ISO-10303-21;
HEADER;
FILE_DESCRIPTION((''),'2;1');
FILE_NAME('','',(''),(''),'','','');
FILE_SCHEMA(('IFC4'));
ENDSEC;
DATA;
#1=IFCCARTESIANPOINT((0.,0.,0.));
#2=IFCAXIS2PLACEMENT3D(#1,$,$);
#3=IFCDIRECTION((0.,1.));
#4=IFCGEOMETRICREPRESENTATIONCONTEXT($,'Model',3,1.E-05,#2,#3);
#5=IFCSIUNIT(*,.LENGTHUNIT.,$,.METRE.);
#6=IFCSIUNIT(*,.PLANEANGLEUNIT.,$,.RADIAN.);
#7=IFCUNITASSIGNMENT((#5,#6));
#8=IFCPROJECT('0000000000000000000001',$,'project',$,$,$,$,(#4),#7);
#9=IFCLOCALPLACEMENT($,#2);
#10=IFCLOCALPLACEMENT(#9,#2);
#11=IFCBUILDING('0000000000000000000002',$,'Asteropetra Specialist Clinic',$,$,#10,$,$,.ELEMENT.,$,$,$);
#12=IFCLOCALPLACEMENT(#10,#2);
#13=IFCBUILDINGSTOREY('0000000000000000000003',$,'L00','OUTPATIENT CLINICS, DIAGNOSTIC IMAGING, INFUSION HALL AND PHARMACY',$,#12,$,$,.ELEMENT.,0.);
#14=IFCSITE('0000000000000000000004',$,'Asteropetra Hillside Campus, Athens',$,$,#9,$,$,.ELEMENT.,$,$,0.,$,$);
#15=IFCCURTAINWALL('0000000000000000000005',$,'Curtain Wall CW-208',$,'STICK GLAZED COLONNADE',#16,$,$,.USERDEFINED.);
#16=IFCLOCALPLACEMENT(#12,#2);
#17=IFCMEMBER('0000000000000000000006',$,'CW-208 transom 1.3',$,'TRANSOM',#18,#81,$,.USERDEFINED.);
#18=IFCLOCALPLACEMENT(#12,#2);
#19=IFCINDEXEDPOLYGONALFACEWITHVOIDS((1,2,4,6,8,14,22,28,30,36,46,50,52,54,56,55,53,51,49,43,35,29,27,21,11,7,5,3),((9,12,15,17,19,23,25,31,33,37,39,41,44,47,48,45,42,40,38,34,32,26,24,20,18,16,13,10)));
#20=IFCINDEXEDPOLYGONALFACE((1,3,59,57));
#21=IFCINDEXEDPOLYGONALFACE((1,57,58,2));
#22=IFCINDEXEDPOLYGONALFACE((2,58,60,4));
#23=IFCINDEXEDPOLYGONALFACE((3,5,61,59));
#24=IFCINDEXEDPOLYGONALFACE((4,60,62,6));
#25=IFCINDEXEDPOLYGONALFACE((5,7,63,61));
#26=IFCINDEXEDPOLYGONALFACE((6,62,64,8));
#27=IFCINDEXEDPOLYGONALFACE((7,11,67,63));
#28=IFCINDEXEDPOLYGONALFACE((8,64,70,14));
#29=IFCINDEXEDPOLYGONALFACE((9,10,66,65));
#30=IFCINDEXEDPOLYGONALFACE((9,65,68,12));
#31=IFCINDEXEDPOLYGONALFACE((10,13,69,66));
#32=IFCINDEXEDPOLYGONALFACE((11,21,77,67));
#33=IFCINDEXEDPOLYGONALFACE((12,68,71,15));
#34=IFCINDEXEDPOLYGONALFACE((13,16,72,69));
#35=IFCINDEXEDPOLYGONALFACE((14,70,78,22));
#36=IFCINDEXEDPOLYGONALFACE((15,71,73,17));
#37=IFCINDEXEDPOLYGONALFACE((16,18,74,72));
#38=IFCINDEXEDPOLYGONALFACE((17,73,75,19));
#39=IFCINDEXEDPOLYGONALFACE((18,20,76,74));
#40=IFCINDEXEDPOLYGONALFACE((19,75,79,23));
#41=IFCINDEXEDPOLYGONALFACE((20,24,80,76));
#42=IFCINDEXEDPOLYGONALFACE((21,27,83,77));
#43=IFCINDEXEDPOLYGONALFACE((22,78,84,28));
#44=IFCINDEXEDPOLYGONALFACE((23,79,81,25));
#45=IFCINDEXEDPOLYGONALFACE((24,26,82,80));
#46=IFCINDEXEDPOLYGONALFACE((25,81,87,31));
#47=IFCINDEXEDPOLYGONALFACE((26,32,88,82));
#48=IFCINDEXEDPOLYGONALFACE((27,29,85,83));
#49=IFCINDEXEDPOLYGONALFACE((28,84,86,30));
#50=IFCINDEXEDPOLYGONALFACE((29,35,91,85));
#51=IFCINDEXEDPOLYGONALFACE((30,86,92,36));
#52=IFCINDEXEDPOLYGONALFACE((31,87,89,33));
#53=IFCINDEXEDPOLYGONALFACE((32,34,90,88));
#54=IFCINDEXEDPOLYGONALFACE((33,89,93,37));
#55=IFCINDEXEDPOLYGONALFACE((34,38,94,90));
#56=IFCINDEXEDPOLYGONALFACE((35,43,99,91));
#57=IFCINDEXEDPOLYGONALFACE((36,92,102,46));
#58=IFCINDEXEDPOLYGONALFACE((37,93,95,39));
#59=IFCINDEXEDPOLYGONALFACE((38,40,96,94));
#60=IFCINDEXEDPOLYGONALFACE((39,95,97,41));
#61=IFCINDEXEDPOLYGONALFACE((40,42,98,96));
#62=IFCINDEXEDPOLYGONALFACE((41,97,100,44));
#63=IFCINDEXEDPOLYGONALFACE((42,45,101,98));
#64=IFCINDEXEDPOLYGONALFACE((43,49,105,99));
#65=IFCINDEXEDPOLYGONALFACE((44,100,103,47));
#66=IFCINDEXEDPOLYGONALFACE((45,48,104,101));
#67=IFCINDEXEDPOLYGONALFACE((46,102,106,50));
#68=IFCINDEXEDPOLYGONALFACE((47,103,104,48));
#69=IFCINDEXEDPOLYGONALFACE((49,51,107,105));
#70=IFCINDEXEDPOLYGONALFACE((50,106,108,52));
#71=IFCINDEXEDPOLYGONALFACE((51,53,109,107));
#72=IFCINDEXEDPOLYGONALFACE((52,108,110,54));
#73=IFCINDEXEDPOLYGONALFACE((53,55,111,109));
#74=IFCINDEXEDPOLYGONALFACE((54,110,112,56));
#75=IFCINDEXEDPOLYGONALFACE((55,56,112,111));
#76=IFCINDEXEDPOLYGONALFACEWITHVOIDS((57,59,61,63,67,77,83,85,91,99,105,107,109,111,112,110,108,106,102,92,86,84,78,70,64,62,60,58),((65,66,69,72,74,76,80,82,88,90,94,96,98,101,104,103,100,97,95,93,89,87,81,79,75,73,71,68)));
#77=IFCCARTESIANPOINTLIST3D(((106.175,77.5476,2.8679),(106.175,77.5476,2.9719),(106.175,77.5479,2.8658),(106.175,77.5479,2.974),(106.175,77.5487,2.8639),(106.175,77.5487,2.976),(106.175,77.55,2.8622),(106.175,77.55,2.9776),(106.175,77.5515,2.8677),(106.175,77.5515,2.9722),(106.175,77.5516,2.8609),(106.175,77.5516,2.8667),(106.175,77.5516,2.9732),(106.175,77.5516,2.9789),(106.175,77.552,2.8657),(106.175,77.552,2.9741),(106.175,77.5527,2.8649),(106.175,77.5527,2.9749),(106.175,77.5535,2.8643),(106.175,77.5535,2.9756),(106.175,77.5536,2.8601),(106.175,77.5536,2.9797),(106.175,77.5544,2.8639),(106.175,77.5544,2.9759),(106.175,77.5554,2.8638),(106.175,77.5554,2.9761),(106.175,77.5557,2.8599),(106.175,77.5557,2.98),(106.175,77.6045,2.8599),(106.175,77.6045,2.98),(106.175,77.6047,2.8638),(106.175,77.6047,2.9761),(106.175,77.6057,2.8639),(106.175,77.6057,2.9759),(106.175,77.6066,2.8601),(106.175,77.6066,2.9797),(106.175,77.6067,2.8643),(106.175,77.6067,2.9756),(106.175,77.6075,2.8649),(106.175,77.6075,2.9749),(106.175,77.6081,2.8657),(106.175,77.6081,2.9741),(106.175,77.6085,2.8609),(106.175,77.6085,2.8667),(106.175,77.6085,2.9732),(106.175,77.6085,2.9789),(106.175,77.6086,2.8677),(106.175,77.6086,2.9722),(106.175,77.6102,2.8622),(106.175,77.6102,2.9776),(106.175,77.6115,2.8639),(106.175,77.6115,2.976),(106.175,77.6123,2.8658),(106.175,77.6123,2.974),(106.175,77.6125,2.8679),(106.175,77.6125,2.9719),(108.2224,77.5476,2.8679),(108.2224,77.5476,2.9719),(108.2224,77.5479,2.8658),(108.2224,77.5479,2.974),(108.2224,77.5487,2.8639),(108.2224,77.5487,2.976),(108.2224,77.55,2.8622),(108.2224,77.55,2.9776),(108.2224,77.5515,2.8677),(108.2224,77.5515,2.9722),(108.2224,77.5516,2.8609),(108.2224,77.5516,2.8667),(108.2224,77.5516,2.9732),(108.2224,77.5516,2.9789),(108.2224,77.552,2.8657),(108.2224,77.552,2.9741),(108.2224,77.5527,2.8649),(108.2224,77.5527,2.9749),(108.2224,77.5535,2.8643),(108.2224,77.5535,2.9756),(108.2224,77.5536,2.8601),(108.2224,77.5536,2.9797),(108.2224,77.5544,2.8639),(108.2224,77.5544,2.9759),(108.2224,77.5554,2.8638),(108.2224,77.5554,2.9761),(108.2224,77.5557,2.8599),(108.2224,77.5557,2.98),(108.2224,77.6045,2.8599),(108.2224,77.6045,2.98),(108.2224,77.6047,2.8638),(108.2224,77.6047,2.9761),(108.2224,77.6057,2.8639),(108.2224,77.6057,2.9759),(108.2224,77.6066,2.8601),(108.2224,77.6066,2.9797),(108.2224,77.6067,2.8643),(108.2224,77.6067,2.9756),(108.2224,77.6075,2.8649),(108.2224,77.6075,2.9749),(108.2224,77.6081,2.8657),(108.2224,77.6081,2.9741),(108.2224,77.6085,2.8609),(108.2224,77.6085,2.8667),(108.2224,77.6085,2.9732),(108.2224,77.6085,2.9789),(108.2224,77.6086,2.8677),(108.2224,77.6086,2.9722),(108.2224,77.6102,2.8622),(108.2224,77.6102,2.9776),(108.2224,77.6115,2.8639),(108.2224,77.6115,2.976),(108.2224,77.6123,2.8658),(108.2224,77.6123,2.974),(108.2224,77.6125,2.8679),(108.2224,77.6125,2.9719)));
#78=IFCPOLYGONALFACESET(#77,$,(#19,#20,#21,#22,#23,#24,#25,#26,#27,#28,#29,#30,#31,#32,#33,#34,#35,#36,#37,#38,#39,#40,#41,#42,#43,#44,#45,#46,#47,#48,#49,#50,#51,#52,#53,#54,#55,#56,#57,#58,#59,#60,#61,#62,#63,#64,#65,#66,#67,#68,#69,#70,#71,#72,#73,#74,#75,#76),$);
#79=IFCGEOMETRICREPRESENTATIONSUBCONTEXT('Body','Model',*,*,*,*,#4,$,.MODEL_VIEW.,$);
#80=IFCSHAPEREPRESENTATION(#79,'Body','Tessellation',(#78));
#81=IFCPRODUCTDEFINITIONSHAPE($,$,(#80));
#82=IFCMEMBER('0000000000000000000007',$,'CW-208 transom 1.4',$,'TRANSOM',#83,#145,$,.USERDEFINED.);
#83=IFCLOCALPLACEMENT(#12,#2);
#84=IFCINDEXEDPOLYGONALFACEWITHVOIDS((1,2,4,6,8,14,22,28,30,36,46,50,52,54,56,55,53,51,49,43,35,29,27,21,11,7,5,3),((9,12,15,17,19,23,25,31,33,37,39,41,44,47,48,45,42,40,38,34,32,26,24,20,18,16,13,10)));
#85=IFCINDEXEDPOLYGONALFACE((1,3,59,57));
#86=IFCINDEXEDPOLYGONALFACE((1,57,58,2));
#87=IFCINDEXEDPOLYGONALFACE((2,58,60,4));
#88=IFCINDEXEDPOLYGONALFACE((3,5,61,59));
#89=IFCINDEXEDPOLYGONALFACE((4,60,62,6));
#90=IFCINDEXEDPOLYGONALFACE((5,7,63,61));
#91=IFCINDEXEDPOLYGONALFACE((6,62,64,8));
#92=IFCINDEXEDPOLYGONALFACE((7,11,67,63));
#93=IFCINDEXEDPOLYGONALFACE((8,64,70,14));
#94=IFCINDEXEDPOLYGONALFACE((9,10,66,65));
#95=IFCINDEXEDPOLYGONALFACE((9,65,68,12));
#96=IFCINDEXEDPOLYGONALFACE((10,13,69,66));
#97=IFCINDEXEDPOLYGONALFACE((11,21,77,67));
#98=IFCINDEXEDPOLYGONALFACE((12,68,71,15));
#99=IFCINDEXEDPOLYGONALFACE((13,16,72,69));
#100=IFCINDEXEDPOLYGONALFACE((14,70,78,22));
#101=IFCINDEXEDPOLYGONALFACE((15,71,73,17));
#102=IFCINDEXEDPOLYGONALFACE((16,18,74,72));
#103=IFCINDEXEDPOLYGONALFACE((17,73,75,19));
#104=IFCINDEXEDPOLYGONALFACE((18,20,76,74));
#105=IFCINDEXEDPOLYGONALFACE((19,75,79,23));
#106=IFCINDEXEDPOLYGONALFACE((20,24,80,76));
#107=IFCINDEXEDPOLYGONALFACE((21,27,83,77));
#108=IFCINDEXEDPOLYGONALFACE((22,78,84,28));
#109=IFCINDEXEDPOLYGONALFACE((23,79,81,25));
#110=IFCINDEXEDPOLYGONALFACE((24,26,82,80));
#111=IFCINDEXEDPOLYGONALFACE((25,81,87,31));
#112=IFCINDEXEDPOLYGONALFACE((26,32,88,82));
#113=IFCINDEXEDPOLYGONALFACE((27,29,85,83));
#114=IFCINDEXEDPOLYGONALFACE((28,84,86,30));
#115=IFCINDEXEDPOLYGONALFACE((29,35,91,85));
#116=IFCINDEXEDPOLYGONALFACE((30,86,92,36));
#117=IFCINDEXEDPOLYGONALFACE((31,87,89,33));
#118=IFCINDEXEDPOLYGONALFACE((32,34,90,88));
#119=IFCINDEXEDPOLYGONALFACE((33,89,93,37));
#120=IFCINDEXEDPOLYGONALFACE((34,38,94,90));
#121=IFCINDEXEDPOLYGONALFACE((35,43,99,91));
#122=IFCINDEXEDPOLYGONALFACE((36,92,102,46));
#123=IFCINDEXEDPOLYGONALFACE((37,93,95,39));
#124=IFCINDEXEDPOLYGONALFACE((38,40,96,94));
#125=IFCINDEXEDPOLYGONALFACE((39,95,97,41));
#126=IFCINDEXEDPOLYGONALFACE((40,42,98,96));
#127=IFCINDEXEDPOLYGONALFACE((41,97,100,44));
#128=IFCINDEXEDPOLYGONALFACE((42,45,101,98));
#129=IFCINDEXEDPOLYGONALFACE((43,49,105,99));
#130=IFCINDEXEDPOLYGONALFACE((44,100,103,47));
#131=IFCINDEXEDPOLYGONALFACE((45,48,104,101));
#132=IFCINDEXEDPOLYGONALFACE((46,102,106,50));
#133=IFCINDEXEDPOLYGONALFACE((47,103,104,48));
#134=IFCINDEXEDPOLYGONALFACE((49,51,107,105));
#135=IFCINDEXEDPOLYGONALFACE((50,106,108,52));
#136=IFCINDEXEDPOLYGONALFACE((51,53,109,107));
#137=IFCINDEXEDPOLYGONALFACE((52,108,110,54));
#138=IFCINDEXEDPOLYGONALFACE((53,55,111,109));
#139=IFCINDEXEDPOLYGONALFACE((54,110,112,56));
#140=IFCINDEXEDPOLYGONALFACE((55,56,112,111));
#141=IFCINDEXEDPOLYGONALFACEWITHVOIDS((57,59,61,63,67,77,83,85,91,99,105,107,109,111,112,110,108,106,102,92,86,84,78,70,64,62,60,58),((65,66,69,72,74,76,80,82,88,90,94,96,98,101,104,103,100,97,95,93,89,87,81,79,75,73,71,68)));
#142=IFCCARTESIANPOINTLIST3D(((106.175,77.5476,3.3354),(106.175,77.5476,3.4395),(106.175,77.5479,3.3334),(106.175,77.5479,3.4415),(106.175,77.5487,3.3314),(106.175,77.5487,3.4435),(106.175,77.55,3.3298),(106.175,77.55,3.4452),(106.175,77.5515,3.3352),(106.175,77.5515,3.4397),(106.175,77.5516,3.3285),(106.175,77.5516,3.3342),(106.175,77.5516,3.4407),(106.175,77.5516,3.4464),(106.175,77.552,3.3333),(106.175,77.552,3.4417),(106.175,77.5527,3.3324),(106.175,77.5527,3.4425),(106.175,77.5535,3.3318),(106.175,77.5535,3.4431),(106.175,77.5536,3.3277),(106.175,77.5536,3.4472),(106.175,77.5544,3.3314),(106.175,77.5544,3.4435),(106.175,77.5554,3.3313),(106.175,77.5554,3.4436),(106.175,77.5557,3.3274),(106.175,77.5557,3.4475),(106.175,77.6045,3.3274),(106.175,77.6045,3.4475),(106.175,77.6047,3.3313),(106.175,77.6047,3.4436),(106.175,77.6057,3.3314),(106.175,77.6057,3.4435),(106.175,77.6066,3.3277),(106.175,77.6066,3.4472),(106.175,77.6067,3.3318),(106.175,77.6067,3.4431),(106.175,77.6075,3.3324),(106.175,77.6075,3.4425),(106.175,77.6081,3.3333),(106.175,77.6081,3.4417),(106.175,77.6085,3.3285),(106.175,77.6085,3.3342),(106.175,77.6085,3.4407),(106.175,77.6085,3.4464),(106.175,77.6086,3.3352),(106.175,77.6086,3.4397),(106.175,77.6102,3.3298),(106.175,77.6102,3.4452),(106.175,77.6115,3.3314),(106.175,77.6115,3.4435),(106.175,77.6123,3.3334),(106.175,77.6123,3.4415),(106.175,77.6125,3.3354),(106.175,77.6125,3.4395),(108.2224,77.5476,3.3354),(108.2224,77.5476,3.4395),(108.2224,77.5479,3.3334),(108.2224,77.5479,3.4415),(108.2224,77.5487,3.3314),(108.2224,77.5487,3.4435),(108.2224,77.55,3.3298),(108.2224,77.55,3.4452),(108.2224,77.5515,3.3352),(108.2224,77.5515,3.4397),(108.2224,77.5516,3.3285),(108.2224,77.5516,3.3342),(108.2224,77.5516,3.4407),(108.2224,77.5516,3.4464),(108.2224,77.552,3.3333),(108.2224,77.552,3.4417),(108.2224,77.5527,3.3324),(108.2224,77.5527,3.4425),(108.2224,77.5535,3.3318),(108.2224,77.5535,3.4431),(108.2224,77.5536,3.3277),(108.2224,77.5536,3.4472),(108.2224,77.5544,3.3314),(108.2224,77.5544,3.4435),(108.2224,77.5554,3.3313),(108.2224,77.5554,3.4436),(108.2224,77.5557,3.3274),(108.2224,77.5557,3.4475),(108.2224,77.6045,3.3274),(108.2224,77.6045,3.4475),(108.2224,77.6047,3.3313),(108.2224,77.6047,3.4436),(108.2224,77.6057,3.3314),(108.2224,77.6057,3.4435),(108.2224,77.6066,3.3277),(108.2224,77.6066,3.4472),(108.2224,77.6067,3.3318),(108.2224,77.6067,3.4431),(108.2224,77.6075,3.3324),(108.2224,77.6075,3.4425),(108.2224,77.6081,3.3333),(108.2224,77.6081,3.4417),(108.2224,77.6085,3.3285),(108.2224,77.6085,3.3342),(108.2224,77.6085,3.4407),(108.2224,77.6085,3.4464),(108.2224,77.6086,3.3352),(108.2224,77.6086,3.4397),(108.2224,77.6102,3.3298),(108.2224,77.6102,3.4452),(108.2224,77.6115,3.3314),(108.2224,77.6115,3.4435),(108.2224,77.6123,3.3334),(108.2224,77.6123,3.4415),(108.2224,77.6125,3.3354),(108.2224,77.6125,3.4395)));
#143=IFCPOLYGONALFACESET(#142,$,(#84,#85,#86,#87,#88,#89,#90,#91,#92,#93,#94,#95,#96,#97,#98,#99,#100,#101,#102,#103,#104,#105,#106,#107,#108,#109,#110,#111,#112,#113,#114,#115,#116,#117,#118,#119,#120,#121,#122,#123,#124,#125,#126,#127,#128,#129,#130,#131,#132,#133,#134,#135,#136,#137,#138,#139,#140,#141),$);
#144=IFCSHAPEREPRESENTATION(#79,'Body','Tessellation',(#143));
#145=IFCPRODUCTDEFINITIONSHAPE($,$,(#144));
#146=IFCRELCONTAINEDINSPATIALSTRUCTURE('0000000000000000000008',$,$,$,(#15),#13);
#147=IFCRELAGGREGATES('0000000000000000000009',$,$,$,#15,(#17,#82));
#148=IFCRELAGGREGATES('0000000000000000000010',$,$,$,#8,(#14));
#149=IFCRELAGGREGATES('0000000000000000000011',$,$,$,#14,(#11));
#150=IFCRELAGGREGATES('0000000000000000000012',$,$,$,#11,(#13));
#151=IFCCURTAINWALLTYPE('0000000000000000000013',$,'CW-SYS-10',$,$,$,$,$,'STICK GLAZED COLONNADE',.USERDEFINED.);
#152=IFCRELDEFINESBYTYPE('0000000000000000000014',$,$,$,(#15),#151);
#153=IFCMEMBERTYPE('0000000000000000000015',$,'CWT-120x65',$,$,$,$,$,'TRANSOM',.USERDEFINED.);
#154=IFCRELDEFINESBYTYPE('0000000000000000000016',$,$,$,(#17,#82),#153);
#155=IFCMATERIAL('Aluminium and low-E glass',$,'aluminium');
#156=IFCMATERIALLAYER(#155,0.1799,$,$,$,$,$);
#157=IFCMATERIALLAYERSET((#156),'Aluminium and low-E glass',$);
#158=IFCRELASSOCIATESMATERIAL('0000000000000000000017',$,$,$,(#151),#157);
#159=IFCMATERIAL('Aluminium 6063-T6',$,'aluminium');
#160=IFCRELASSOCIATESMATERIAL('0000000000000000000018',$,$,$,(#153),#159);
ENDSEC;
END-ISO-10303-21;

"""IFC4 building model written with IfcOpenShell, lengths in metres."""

from ifc_helpers import new_model, si_unit, direction, frame, origin, origin_2d, place, context, subcontext, project, spatial, hollow_rectangle, extrude, material, layer, layer_set, material_profile, profile_set, type_object, element, aggregate, save


model = new_model("IFC4")

# Units and contexts
model_context = context("Model", 3, precision=1e-05, world=origin(), true_north=direction((0.0, 1.0)))
body_context = subcontext(model_context, "Body", "Model", "MODEL_VIEW")
ifc_project = project(units=[si_unit("LENGTHUNIT", "METRE"), si_unit("PLANEANGLEUNIT", "RADIAN")], contexts=[model_context])

# Site, building, storey
site_placement = place(None, origin())
site = spatial("IfcSite", under=ifc_project, at=site_placement, Name="Asteropetra Hillside Campus, Athens", CompositionType="ELEMENT", RefElevation=0.0)
building_placement = place(site_placement, origin())
building = spatial("IfcBuilding", under=site, at=building_placement, Name="Asteropetra Specialist Clinic", CompositionType="ELEMENT")
storey_placement = place(building_placement, origin())
storey = spatial("IfcBuildingStorey", under=building, at=storey_placement, Name="L00", Description="OUTPATIENT CLINICS, DIAGNOSTIC IMAGING, INFUSION HALL AND PHARMACY", CompositionType="ELEMENT", Elevation=0.0)

# Curtain wall, members
ifc_material_1 = material(Name="Aluminium and low-E glass", Category="aluminium")
ifc_layer_1 = layer(ifc_material_1, 0.1799)
ifc_layer_set_1 = layer_set([ifc_layer_1], Name="Aluminium and low-E glass")
curtain_wall_type = type_object("IfcCurtainWallType", Name="CW-SYS-10", ElementType="STICK GLAZED COLONNADE", PredefinedType="USERDEFINED", material=ifc_layer_set_1)
curtain_wall_placement = place(storey_placement, origin())
curtain_wall = element("IfcCurtainWall", 1, at=curtain_wall_placement, inside=storey, type_object=curtain_wall_type, Name="Curtain Wall CW-208", ObjectType="STICK GLAZED COLONNADE", PredefinedType="USERDEFINED")
ifc_material_2 = material(Name="Aluminium 6063-T6", Category="aluminium")
ifc_material_profile_1 = material_profile(ifc_material_2, hollow_rectangle(XDim=0.0649, YDim=0.1201, WallThickness=0.0039, InnerFilletRadius=0.0039, OuterFilletRadius=0.0081, at=origin_2d()), Name="TRN 120x65x4.0")
ifc_profile_set_1 = profile_set([ifc_material_profile_1], Name="Aluminium 6063-T6")
member_type_1 = type_object("IfcMemberType", Name="CWT-120x65", ElementType="TRANSOM", PredefinedType="USERDEFINED", material=ifc_profile_set_1)
member_1_placement = place(storey_placement, frame((106.175, 77.5801, 2.9199), z_axis=(1.0, 0.0, 0.0), x_axis=(0.0, 1.0, 0.0)))
member_1 = element("IfcMember", 2, at=member_1_placement, type_object=member_type_1, Name="CW-208 transom 1.3", ObjectType="TRANSOM", PredefinedType="USERDEFINED", context=body_context, shape_type="SweptSolid", body=[
    extrude(hollow_rectangle(XDim=0.0649, YDim=0.1201, WallThickness=0.0039, InnerFilletRadius=0.0039, OuterFilletRadius=0.0081, at=origin_2d()), origin(), (0.0, 0.0, 1.0), 2.0474),
])
member_2_placement = place(storey_placement, frame((106.175, 77.5801, 3.3875), z_axis=(1.0, 0.0, 0.0), x_axis=(0.0, 1.0, 0.0)))
member_2 = element("IfcMember", 3, at=member_2_placement, type_object=member_type_1, Name="CW-208 transom 1.4", ObjectType="TRANSOM", PredefinedType="USERDEFINED", context=body_context, shape_type="SweptSolid", body=[
    extrude(hollow_rectangle(XDim=0.0649, YDim=0.1201, WallThickness=0.0039, InnerFilletRadius=0.0039, OuterFilletRadius=0.0081, at=origin_2d()), origin(), (0.0, 0.0, 1.0), 2.0474),
])
aggregate(curtain_wall, [member_1, member_2])

save(model, "model.ifc")
